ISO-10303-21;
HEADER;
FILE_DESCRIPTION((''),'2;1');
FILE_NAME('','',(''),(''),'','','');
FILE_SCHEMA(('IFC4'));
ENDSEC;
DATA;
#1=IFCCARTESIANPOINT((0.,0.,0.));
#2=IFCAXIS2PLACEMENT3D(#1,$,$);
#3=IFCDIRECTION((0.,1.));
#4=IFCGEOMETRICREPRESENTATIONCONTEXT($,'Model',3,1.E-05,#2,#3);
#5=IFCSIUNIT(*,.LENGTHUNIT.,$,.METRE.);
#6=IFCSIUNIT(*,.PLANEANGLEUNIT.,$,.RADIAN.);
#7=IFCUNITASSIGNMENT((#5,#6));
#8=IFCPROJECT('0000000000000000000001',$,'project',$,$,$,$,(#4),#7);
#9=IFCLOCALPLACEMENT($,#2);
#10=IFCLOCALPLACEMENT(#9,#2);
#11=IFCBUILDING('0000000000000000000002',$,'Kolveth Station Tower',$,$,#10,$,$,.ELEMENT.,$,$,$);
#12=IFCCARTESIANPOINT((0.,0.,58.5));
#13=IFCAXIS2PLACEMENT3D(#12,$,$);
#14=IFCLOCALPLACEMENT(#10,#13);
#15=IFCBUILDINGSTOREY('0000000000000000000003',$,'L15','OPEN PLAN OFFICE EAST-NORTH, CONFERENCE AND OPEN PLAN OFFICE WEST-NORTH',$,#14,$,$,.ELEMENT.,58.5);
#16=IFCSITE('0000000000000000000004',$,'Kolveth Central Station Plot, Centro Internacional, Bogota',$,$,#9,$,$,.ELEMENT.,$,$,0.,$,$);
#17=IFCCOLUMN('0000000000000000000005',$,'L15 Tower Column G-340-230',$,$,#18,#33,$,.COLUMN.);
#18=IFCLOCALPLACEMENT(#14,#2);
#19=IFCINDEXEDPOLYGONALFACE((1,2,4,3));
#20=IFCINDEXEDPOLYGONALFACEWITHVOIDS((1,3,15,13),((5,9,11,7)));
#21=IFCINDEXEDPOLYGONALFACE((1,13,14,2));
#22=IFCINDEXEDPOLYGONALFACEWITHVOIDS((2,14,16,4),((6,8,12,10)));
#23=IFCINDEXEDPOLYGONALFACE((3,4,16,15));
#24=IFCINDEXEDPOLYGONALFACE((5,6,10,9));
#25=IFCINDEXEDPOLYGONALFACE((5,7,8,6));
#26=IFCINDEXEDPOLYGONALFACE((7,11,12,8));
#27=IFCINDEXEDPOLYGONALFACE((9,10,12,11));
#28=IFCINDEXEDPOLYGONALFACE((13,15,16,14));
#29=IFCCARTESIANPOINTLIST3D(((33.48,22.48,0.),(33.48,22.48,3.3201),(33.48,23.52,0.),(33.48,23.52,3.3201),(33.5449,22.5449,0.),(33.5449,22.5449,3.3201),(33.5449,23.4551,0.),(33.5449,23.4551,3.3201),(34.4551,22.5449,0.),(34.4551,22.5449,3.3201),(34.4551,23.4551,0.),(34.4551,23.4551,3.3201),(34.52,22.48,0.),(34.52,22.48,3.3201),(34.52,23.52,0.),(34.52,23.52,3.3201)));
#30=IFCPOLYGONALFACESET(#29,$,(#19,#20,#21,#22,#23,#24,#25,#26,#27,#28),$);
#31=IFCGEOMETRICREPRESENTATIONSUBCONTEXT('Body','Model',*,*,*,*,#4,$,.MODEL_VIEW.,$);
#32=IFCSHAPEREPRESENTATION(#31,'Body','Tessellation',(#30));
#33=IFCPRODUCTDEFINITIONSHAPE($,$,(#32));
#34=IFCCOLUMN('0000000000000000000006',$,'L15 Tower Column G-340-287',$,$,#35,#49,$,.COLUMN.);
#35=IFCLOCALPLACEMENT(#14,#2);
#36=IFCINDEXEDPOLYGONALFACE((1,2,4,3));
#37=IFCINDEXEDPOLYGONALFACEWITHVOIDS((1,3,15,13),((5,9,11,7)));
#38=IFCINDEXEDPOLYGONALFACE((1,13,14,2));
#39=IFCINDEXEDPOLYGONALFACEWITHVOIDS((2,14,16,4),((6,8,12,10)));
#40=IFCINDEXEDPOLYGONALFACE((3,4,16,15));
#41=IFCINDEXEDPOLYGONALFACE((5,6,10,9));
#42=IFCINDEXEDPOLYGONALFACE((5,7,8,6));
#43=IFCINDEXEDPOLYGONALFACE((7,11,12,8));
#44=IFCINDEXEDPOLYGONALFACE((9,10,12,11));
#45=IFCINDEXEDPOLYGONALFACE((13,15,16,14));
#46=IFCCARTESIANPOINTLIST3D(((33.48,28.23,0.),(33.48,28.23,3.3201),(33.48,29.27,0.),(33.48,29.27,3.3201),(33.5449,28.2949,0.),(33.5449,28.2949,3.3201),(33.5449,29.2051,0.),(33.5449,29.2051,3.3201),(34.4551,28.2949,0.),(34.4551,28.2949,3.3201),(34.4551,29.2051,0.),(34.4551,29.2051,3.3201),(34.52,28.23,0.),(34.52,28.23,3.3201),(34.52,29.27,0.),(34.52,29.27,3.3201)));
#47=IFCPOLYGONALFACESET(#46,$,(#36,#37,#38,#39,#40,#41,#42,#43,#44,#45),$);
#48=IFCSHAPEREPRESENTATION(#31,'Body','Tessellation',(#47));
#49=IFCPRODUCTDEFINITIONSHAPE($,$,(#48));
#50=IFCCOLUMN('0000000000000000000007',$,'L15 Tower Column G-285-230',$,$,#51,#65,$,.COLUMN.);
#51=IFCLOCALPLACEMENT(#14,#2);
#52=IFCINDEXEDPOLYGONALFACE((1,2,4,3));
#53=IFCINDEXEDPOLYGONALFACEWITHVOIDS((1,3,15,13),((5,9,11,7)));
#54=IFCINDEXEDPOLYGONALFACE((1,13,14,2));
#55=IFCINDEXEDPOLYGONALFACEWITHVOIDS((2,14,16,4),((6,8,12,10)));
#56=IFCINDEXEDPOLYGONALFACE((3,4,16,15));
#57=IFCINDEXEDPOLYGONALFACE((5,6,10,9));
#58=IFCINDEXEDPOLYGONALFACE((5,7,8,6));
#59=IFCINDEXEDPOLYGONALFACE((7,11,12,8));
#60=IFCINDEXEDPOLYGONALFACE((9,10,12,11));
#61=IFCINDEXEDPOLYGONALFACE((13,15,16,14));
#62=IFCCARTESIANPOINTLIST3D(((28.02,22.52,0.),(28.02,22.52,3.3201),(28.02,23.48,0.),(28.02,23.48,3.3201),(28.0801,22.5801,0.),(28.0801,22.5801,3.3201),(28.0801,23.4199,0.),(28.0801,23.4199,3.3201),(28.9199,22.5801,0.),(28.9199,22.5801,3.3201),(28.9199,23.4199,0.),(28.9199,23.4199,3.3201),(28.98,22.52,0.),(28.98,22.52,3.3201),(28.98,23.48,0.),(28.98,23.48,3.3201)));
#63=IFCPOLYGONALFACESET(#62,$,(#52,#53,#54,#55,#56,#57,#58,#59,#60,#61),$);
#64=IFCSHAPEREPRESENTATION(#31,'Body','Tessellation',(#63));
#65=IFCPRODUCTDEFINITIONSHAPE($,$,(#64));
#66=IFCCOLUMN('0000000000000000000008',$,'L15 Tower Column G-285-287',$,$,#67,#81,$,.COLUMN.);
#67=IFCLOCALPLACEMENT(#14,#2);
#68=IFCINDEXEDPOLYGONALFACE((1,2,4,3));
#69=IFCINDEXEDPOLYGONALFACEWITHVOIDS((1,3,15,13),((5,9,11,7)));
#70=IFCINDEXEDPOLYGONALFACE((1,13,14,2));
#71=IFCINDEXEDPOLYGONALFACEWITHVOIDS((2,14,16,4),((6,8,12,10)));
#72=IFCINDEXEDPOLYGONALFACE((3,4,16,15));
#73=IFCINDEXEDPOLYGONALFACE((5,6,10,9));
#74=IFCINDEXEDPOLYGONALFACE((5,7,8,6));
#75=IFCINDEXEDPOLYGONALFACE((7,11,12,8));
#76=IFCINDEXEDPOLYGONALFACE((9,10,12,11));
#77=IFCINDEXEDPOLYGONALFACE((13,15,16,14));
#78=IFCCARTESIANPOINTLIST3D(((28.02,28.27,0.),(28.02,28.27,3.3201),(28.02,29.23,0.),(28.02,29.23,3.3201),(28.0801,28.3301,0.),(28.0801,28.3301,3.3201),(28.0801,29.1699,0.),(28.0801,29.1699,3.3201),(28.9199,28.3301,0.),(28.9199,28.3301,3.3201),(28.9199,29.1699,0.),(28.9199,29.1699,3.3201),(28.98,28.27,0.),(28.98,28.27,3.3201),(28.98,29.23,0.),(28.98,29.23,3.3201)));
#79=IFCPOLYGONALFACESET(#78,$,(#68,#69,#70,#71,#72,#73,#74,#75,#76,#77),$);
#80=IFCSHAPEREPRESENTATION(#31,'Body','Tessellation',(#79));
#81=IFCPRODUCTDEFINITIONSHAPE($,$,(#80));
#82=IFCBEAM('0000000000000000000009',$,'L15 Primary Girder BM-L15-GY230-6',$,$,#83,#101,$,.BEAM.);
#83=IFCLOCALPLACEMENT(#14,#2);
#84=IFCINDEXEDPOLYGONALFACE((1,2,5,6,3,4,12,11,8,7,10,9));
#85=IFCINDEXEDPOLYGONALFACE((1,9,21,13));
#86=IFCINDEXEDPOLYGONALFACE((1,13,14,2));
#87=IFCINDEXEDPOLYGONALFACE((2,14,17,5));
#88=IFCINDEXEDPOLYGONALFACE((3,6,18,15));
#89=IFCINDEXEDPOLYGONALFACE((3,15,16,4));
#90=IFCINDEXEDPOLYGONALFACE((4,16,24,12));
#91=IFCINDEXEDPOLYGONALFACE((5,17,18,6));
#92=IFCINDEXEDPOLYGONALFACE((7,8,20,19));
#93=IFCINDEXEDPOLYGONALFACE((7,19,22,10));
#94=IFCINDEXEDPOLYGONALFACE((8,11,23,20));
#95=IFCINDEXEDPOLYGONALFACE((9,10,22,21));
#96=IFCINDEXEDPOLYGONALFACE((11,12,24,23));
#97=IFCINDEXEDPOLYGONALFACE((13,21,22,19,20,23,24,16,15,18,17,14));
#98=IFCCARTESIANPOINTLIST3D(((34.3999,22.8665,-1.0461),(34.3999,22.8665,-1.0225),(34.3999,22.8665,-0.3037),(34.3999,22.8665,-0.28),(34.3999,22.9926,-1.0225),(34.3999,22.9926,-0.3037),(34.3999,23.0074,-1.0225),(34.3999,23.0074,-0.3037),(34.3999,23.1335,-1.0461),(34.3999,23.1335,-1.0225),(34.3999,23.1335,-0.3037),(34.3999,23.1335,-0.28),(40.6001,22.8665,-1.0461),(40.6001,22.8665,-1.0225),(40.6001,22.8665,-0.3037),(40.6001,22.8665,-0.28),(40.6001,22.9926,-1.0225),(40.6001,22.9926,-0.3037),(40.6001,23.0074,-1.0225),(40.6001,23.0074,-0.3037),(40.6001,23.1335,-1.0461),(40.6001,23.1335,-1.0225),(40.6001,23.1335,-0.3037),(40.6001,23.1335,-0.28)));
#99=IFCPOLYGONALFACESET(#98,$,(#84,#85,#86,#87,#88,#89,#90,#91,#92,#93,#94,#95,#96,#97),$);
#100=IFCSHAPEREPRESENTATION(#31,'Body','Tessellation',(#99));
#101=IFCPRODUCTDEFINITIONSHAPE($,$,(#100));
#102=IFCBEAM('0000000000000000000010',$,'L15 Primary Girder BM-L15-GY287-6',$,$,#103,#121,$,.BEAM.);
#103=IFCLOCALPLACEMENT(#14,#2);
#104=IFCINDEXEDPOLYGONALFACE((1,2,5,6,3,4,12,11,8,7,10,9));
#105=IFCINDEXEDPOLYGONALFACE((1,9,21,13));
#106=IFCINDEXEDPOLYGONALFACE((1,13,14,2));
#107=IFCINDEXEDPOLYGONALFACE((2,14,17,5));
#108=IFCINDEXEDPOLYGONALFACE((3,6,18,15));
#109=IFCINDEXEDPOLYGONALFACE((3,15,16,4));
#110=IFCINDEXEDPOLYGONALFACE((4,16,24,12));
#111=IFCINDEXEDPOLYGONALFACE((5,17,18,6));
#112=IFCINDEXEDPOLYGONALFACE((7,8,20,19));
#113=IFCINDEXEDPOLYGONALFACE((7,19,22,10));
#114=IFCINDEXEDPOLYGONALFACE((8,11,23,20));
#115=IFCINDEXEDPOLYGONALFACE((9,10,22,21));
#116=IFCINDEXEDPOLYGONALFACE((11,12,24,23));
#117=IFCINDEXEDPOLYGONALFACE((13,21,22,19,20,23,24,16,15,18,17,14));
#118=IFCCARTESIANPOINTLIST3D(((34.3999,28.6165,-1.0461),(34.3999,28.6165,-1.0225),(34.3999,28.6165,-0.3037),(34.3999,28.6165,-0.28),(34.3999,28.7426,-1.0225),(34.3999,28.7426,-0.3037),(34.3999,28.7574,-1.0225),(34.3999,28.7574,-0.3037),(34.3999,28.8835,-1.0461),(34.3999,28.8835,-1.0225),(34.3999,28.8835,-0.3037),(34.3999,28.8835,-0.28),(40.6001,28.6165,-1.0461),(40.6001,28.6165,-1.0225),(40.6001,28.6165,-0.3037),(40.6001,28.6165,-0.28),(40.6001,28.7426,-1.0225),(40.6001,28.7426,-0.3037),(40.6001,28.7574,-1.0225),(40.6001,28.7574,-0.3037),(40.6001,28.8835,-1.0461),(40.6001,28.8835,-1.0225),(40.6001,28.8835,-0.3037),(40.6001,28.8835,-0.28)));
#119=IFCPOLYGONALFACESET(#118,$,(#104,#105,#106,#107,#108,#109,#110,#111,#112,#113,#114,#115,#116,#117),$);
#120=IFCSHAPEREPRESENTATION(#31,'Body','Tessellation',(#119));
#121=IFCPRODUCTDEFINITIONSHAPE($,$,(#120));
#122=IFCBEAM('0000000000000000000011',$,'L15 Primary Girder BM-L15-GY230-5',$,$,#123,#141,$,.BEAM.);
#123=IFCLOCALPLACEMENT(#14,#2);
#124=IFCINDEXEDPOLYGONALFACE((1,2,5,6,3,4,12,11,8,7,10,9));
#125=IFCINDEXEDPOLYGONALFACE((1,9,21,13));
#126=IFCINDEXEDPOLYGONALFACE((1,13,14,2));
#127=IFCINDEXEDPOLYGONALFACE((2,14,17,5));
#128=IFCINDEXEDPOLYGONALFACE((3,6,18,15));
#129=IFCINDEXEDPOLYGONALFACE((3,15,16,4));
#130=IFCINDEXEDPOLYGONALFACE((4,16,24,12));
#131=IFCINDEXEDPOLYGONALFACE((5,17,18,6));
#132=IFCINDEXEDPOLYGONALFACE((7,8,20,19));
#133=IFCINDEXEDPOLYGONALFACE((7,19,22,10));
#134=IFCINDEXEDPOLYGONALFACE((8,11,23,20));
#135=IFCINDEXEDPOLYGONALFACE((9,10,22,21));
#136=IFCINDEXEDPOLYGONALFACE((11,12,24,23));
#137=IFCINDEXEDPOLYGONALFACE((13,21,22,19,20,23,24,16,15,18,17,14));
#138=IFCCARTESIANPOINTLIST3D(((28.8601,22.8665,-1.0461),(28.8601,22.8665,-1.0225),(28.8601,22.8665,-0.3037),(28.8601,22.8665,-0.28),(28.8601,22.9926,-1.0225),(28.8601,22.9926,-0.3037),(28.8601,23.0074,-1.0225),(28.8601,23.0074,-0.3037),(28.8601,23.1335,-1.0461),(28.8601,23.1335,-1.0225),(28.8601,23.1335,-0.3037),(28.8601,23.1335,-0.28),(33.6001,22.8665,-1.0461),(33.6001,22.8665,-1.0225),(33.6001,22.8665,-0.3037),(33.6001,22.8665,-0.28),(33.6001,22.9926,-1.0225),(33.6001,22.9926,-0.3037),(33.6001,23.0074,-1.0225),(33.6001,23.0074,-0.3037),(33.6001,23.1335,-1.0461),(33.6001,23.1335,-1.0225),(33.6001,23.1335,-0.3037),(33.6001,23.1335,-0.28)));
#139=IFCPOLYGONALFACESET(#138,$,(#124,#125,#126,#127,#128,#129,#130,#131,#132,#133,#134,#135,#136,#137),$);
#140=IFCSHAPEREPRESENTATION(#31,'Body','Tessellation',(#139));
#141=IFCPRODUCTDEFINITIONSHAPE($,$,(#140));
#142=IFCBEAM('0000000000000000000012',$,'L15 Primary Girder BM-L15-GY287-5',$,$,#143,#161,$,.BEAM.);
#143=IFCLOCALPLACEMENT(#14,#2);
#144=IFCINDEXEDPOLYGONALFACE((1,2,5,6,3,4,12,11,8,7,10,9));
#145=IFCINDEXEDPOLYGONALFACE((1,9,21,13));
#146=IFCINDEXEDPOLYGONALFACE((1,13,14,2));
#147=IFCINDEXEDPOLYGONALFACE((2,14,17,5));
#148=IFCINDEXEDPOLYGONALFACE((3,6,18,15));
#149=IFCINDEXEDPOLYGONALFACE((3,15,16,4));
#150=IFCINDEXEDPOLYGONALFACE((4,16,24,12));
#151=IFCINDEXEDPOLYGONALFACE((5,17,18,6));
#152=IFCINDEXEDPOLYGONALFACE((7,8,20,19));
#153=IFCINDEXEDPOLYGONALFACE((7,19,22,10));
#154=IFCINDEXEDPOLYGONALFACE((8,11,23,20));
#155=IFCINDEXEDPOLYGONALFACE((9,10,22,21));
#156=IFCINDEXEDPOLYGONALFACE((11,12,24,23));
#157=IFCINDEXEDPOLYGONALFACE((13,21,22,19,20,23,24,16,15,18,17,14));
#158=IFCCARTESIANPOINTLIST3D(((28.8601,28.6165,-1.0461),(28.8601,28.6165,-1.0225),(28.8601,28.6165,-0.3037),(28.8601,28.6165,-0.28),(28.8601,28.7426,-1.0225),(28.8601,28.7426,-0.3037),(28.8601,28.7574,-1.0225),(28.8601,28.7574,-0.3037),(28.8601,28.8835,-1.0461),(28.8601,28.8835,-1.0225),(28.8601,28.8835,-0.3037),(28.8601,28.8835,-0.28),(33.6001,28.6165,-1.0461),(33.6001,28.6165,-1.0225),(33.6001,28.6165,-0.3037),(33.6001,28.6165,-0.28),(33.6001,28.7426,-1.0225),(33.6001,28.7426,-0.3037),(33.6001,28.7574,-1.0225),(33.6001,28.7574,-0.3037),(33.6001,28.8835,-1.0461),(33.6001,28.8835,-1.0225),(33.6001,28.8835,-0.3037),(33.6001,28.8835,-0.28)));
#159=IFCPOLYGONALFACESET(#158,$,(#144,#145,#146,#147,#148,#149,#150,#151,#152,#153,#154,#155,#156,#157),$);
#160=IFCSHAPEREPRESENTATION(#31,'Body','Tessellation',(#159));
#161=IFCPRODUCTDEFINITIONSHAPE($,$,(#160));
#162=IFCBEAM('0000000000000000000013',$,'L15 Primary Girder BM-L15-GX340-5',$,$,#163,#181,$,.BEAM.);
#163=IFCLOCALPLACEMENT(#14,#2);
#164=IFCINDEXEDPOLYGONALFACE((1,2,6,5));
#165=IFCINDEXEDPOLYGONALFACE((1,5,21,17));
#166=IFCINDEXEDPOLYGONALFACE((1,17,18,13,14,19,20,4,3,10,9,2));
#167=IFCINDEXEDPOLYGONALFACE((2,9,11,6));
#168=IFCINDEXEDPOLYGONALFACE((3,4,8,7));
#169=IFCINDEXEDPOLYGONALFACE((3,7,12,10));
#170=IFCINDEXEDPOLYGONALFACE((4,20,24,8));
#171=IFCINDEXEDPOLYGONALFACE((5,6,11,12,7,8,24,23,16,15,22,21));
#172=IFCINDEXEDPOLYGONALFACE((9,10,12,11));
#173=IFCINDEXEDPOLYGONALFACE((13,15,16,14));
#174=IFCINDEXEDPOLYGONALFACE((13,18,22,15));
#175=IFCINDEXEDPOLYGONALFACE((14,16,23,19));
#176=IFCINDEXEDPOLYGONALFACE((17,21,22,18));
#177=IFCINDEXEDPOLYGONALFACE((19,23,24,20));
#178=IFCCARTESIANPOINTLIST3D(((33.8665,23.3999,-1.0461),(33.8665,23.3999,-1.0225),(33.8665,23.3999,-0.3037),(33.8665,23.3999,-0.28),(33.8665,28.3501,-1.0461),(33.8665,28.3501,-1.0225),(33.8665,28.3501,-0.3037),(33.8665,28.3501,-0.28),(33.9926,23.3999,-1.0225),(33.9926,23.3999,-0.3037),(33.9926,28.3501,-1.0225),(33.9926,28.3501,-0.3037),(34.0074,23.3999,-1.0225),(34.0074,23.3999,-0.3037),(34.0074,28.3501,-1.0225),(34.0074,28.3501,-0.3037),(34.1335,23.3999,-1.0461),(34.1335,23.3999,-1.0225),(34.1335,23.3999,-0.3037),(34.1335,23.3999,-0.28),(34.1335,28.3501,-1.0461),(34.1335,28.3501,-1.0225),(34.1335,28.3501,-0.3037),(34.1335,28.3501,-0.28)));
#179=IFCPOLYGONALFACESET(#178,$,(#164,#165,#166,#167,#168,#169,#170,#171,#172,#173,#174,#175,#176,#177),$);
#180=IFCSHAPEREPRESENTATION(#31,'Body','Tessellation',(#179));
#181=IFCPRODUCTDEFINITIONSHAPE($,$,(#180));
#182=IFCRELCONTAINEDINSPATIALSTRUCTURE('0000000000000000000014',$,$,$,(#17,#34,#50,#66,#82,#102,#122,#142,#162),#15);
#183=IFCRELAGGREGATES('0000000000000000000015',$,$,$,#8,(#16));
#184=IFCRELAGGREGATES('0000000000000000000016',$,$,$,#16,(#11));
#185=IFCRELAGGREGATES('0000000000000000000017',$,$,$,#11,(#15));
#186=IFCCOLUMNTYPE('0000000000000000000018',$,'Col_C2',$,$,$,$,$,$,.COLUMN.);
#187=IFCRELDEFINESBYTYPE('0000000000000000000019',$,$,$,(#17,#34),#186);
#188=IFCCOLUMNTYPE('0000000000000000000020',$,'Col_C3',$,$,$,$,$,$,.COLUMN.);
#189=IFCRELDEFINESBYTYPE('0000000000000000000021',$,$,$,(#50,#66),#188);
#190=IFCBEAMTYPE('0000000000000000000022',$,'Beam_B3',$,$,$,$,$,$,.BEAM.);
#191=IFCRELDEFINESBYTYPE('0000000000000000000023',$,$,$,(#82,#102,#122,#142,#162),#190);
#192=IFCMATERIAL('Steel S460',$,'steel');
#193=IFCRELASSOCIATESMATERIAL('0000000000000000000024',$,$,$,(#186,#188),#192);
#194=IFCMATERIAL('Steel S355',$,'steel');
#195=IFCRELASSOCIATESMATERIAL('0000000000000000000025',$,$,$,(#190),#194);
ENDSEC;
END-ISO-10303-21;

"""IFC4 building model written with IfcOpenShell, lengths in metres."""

from ifc_helpers import new_model, si_unit, direction, frame, origin, origin_2d, place, context, subcontext, project, spatial, hollow_rectangle, i_section, extrude, source, transform, mapped, material, material_profile, profile_set, type_object, element, save


model = new_model("IFC4")

# Units and contexts
model_context = context("Model", 3, precision=1e-05, world=origin(), true_north=direction((0.0, 1.0)))
body_context = subcontext(model_context, "Body", "Model", "MODEL_VIEW")
ifc_project = project(units=[si_unit("LENGTHUNIT", "METRE"), si_unit("PLANEANGLEUNIT", "RADIAN")], contexts=[model_context])

# Site, building, storey
site_placement = place(None, origin())
site = spatial("IfcSite", under=ifc_project, at=site_placement, Name="Kolveth Central Station Plot, Centro Internacional, Bogota", CompositionType="ELEMENT", RefElevation=0.0)
building_placement = place(site_placement, origin())
building = spatial("IfcBuilding", under=site, at=building_placement, Name="Kolveth Station Tower", CompositionType="ELEMENT")
storey_placement = place(building_placement, frame((0.0, 0.0, 58.5)))
storey = spatial("IfcBuildingStorey", under=building, at=storey_placement, Name="L15", Description="OPEN PLAN OFFICE EAST-NORTH, CONFERENCE AND OPEN PLAN OFFICE WEST-NORTH", CompositionType="ELEMENT", Elevation=58.5)

# Columns
ifc_material_1 = material(Name="Steel S460", Category="steel")
ifc_material_profile_1 = material_profile(ifc_material_1, hollow_rectangle(XDim=1.04, YDim=1.04, WallThickness=0.0649, at=origin_2d()), Name="BOX1040x1040x65")
ifc_profile_set_1 = profile_set([ifc_material_profile_1], Name="Steel S460")
column_type_1 = type_object("IfcColumnType", Name="Col_C2", PredefinedType="COLUMN", material=ifc_profile_set_1)
shared_shape_1 = source(origin(), body_context, "Body", "SweptSolid", [
    extrude(hollow_rectangle(XDim=1.04, YDim=1.04, WallThickness=0.0649, at=origin_2d()), origin(), (0.0, 0.0, 1.0), 3.3201),
])
for number, where, z_axis, x_axis, name in (
    (1, (34.0, 23.0, 0.0), (0.0, 0.0, 1.0), (1.0, 0.0, 0.0), "L15 Tower Column G-340-230"),
    (2, (34.0, 28.75, 0.0), (0.0, 0.0, 1.0), (1.0, 0.0, 0.0), "L15 Tower Column G-340-287"),
):
    element("IfcColumn", number, at=place(storey_placement, frame(where, z_axis=z_axis, x_axis=x_axis)), inside=storey, type_object=column_type_1, Name=name, PredefinedType="COLUMN", context=body_context, shape_type="MappedRepresentation", body=[
        mapped(shared_shape_1, transform((0.0, 0.0, 0.0), x_axis=(1.0, 0.0, 0.0), y_axis=(0.0, 1.0, 0.0), z_axis=(0.0, 0.0, 1.0), scale=1.0)),
    ])
ifc_material_profile_2 = material_profile(ifc_material_1, hollow_rectangle(XDim=0.96, YDim=0.96, WallThickness=0.0601, at=origin_2d()), Name="BOX960x960x60")
ifc_profile_set_2 = profile_set([ifc_material_profile_2], Name="Steel S460")
column_type_2 = type_object("IfcColumnType", Name="Col_C3", PredefinedType="COLUMN", material=ifc_profile_set_2)
shared_shape_2 = source(origin(), body_context, "Body", "SweptSolid", [
    extrude(hollow_rectangle(XDim=0.96, YDim=0.96, WallThickness=0.0601, at=origin_2d()), origin(), (0.0, 0.0, 1.0), 3.3201),
])
for number, where, z_axis, x_axis, name in (
    (3, (28.5, 23.0, 0.0), (0.0, 0.0, 1.0), (1.0, 0.0, 0.0), "L15 Tower Column G-285-230"),
    (4, (28.5, 28.75, 0.0), (0.0, 0.0, 1.0), (1.0, 0.0, 0.0), "L15 Tower Column G-285-287"),
):
    element("IfcColumn", number, at=place(storey_placement, frame(where, z_axis=z_axis, x_axis=x_axis)), inside=storey, type_object=column_type_2, Name=name, PredefinedType="COLUMN", context=body_context, shape_type="MappedRepresentation", body=[
        mapped(shared_shape_2, transform((0.0, 0.0, 0.0), x_axis=(1.0, 0.0, 0.0), y_axis=(0.0, 1.0, 0.0), z_axis=(0.0, 0.0, 1.0), scale=1.0)),
    ])

# Beams
ifc_material_2 = material(Name="Steel S355", Category="steel")
ifc_material_profile_3 = material_profile(ifc_material_2, i_section(OverallWidth=0.2671, OverallDepth=0.7661, WebThickness=0.0149, FlangeThickness=0.0237, at=origin_2d()), Name="W760x185")
ifc_profile_set_3 = profile_set([ifc_material_profile_3], Name="Steel S355")
beam_type_1 = type_object("IfcBeamType", Name="Beam_B3", PredefinedType="BEAM", material=ifc_profile_set_3)
shared_shape_3 = source(origin(), body_context, "Body", "SweptSolid", [
    extrude(i_section(OverallWidth=0.2671, OverallDepth=0.7661, WebThickness=0.0149, FlangeThickness=0.0237, at=origin_2d()), origin(), (0.0, 0.0, 1.0), 6.2002),
])
for number, where, z_axis, x_axis, name in (
    (5, (34.3999, 23.0, -0.6631), (1.0, 0.0, 0.0), (0.0, 1.0, 0.0), "L15 Primary Girder BM-L15-GY230-6"),
    (6, (34.3999, 28.75, -0.6631), (1.0, 0.0, 0.0), (0.0, 1.0, 0.0), "L15 Primary Girder BM-L15-GY287-6"),
):
    element("IfcBeam", number, at=place(storey_placement, frame(where, z_axis=z_axis, x_axis=x_axis)), inside=storey, type_object=beam_type_1, Name=name, PredefinedType="BEAM", context=body_context, shape_type="MappedRepresentation", body=[
        mapped(shared_shape_3, transform((0.0, 0.0, 0.0), x_axis=(1.0, 0.0, 0.0), y_axis=(0.0, 1.0, 0.0), z_axis=(0.0, 0.0, 1.0), scale=1.0)),
    ])
shared_shape_4 = source(origin(), body_context, "Body", "SweptSolid", [
    extrude(i_section(OverallWidth=0.2671, OverallDepth=0.7661, WebThickness=0.0149, FlangeThickness=0.0237, at=origin_2d()), origin(), (0.0, 0.0, 1.0), 4.74),
])
for number, where, z_axis, x_axis, name in (
    (7, (28.8601, 23.0, -0.6631), (1.0, 0.0, 0.0), (0.0, 1.0, 0.0), "L15 Primary Girder BM-L15-GY230-5"),
    (8, (28.8601, 28.75, -0.6631), (1.0, 0.0, 0.0), (0.0, 1.0, 0.0), "L15 Primary Girder BM-L15-GY287-5"),
):
    element("IfcBeam", number, at=place(storey_placement, frame(where, z_axis=z_axis, x_axis=x_axis)), inside=storey, type_object=beam_type_1, Name=name, PredefinedType="BEAM", context=body_context, shape_type="MappedRepresentation", body=[
        mapped(shared_shape_4, transform((0.0, 0.0, 0.0), x_axis=(1.0, 0.0, 0.0), y_axis=(0.0, 1.0, 0.0), z_axis=(0.0, 0.0, 1.0), scale=1.0)),
    ])
shared_shape_5 = source(origin(), body_context, "Body", "SweptSolid", [
    extrude(i_section(OverallWidth=0.2671, OverallDepth=0.7661, WebThickness=0.0149, FlangeThickness=0.0237, at=origin_2d()), origin(), (0.0, 0.0, 1.0), 4.9502),
])
beam_1_placement = place(storey_placement, frame((34.0, 23.3999, -0.6631), z_axis=(0.0, 1.0, 0.0), x_axis=(-1.0, 0.0, 0.0)))
element("IfcBeam", 9, at=beam_1_placement, inside=storey, type_object=beam_type_1, Name="L15 Primary Girder BM-L15-GX340-5", PredefinedType="BEAM", context=body_context, shape_type="MappedRepresentation", body=[
    mapped(shared_shape_5, transform((0.0, 0.0, 0.0), x_axis=(1.0, 0.0, 0.0), y_axis=(0.0, 1.0, 0.0), z_axis=(0.0, 0.0, 1.0), scale=1.0)),
])

save(model, "model.ifc")
